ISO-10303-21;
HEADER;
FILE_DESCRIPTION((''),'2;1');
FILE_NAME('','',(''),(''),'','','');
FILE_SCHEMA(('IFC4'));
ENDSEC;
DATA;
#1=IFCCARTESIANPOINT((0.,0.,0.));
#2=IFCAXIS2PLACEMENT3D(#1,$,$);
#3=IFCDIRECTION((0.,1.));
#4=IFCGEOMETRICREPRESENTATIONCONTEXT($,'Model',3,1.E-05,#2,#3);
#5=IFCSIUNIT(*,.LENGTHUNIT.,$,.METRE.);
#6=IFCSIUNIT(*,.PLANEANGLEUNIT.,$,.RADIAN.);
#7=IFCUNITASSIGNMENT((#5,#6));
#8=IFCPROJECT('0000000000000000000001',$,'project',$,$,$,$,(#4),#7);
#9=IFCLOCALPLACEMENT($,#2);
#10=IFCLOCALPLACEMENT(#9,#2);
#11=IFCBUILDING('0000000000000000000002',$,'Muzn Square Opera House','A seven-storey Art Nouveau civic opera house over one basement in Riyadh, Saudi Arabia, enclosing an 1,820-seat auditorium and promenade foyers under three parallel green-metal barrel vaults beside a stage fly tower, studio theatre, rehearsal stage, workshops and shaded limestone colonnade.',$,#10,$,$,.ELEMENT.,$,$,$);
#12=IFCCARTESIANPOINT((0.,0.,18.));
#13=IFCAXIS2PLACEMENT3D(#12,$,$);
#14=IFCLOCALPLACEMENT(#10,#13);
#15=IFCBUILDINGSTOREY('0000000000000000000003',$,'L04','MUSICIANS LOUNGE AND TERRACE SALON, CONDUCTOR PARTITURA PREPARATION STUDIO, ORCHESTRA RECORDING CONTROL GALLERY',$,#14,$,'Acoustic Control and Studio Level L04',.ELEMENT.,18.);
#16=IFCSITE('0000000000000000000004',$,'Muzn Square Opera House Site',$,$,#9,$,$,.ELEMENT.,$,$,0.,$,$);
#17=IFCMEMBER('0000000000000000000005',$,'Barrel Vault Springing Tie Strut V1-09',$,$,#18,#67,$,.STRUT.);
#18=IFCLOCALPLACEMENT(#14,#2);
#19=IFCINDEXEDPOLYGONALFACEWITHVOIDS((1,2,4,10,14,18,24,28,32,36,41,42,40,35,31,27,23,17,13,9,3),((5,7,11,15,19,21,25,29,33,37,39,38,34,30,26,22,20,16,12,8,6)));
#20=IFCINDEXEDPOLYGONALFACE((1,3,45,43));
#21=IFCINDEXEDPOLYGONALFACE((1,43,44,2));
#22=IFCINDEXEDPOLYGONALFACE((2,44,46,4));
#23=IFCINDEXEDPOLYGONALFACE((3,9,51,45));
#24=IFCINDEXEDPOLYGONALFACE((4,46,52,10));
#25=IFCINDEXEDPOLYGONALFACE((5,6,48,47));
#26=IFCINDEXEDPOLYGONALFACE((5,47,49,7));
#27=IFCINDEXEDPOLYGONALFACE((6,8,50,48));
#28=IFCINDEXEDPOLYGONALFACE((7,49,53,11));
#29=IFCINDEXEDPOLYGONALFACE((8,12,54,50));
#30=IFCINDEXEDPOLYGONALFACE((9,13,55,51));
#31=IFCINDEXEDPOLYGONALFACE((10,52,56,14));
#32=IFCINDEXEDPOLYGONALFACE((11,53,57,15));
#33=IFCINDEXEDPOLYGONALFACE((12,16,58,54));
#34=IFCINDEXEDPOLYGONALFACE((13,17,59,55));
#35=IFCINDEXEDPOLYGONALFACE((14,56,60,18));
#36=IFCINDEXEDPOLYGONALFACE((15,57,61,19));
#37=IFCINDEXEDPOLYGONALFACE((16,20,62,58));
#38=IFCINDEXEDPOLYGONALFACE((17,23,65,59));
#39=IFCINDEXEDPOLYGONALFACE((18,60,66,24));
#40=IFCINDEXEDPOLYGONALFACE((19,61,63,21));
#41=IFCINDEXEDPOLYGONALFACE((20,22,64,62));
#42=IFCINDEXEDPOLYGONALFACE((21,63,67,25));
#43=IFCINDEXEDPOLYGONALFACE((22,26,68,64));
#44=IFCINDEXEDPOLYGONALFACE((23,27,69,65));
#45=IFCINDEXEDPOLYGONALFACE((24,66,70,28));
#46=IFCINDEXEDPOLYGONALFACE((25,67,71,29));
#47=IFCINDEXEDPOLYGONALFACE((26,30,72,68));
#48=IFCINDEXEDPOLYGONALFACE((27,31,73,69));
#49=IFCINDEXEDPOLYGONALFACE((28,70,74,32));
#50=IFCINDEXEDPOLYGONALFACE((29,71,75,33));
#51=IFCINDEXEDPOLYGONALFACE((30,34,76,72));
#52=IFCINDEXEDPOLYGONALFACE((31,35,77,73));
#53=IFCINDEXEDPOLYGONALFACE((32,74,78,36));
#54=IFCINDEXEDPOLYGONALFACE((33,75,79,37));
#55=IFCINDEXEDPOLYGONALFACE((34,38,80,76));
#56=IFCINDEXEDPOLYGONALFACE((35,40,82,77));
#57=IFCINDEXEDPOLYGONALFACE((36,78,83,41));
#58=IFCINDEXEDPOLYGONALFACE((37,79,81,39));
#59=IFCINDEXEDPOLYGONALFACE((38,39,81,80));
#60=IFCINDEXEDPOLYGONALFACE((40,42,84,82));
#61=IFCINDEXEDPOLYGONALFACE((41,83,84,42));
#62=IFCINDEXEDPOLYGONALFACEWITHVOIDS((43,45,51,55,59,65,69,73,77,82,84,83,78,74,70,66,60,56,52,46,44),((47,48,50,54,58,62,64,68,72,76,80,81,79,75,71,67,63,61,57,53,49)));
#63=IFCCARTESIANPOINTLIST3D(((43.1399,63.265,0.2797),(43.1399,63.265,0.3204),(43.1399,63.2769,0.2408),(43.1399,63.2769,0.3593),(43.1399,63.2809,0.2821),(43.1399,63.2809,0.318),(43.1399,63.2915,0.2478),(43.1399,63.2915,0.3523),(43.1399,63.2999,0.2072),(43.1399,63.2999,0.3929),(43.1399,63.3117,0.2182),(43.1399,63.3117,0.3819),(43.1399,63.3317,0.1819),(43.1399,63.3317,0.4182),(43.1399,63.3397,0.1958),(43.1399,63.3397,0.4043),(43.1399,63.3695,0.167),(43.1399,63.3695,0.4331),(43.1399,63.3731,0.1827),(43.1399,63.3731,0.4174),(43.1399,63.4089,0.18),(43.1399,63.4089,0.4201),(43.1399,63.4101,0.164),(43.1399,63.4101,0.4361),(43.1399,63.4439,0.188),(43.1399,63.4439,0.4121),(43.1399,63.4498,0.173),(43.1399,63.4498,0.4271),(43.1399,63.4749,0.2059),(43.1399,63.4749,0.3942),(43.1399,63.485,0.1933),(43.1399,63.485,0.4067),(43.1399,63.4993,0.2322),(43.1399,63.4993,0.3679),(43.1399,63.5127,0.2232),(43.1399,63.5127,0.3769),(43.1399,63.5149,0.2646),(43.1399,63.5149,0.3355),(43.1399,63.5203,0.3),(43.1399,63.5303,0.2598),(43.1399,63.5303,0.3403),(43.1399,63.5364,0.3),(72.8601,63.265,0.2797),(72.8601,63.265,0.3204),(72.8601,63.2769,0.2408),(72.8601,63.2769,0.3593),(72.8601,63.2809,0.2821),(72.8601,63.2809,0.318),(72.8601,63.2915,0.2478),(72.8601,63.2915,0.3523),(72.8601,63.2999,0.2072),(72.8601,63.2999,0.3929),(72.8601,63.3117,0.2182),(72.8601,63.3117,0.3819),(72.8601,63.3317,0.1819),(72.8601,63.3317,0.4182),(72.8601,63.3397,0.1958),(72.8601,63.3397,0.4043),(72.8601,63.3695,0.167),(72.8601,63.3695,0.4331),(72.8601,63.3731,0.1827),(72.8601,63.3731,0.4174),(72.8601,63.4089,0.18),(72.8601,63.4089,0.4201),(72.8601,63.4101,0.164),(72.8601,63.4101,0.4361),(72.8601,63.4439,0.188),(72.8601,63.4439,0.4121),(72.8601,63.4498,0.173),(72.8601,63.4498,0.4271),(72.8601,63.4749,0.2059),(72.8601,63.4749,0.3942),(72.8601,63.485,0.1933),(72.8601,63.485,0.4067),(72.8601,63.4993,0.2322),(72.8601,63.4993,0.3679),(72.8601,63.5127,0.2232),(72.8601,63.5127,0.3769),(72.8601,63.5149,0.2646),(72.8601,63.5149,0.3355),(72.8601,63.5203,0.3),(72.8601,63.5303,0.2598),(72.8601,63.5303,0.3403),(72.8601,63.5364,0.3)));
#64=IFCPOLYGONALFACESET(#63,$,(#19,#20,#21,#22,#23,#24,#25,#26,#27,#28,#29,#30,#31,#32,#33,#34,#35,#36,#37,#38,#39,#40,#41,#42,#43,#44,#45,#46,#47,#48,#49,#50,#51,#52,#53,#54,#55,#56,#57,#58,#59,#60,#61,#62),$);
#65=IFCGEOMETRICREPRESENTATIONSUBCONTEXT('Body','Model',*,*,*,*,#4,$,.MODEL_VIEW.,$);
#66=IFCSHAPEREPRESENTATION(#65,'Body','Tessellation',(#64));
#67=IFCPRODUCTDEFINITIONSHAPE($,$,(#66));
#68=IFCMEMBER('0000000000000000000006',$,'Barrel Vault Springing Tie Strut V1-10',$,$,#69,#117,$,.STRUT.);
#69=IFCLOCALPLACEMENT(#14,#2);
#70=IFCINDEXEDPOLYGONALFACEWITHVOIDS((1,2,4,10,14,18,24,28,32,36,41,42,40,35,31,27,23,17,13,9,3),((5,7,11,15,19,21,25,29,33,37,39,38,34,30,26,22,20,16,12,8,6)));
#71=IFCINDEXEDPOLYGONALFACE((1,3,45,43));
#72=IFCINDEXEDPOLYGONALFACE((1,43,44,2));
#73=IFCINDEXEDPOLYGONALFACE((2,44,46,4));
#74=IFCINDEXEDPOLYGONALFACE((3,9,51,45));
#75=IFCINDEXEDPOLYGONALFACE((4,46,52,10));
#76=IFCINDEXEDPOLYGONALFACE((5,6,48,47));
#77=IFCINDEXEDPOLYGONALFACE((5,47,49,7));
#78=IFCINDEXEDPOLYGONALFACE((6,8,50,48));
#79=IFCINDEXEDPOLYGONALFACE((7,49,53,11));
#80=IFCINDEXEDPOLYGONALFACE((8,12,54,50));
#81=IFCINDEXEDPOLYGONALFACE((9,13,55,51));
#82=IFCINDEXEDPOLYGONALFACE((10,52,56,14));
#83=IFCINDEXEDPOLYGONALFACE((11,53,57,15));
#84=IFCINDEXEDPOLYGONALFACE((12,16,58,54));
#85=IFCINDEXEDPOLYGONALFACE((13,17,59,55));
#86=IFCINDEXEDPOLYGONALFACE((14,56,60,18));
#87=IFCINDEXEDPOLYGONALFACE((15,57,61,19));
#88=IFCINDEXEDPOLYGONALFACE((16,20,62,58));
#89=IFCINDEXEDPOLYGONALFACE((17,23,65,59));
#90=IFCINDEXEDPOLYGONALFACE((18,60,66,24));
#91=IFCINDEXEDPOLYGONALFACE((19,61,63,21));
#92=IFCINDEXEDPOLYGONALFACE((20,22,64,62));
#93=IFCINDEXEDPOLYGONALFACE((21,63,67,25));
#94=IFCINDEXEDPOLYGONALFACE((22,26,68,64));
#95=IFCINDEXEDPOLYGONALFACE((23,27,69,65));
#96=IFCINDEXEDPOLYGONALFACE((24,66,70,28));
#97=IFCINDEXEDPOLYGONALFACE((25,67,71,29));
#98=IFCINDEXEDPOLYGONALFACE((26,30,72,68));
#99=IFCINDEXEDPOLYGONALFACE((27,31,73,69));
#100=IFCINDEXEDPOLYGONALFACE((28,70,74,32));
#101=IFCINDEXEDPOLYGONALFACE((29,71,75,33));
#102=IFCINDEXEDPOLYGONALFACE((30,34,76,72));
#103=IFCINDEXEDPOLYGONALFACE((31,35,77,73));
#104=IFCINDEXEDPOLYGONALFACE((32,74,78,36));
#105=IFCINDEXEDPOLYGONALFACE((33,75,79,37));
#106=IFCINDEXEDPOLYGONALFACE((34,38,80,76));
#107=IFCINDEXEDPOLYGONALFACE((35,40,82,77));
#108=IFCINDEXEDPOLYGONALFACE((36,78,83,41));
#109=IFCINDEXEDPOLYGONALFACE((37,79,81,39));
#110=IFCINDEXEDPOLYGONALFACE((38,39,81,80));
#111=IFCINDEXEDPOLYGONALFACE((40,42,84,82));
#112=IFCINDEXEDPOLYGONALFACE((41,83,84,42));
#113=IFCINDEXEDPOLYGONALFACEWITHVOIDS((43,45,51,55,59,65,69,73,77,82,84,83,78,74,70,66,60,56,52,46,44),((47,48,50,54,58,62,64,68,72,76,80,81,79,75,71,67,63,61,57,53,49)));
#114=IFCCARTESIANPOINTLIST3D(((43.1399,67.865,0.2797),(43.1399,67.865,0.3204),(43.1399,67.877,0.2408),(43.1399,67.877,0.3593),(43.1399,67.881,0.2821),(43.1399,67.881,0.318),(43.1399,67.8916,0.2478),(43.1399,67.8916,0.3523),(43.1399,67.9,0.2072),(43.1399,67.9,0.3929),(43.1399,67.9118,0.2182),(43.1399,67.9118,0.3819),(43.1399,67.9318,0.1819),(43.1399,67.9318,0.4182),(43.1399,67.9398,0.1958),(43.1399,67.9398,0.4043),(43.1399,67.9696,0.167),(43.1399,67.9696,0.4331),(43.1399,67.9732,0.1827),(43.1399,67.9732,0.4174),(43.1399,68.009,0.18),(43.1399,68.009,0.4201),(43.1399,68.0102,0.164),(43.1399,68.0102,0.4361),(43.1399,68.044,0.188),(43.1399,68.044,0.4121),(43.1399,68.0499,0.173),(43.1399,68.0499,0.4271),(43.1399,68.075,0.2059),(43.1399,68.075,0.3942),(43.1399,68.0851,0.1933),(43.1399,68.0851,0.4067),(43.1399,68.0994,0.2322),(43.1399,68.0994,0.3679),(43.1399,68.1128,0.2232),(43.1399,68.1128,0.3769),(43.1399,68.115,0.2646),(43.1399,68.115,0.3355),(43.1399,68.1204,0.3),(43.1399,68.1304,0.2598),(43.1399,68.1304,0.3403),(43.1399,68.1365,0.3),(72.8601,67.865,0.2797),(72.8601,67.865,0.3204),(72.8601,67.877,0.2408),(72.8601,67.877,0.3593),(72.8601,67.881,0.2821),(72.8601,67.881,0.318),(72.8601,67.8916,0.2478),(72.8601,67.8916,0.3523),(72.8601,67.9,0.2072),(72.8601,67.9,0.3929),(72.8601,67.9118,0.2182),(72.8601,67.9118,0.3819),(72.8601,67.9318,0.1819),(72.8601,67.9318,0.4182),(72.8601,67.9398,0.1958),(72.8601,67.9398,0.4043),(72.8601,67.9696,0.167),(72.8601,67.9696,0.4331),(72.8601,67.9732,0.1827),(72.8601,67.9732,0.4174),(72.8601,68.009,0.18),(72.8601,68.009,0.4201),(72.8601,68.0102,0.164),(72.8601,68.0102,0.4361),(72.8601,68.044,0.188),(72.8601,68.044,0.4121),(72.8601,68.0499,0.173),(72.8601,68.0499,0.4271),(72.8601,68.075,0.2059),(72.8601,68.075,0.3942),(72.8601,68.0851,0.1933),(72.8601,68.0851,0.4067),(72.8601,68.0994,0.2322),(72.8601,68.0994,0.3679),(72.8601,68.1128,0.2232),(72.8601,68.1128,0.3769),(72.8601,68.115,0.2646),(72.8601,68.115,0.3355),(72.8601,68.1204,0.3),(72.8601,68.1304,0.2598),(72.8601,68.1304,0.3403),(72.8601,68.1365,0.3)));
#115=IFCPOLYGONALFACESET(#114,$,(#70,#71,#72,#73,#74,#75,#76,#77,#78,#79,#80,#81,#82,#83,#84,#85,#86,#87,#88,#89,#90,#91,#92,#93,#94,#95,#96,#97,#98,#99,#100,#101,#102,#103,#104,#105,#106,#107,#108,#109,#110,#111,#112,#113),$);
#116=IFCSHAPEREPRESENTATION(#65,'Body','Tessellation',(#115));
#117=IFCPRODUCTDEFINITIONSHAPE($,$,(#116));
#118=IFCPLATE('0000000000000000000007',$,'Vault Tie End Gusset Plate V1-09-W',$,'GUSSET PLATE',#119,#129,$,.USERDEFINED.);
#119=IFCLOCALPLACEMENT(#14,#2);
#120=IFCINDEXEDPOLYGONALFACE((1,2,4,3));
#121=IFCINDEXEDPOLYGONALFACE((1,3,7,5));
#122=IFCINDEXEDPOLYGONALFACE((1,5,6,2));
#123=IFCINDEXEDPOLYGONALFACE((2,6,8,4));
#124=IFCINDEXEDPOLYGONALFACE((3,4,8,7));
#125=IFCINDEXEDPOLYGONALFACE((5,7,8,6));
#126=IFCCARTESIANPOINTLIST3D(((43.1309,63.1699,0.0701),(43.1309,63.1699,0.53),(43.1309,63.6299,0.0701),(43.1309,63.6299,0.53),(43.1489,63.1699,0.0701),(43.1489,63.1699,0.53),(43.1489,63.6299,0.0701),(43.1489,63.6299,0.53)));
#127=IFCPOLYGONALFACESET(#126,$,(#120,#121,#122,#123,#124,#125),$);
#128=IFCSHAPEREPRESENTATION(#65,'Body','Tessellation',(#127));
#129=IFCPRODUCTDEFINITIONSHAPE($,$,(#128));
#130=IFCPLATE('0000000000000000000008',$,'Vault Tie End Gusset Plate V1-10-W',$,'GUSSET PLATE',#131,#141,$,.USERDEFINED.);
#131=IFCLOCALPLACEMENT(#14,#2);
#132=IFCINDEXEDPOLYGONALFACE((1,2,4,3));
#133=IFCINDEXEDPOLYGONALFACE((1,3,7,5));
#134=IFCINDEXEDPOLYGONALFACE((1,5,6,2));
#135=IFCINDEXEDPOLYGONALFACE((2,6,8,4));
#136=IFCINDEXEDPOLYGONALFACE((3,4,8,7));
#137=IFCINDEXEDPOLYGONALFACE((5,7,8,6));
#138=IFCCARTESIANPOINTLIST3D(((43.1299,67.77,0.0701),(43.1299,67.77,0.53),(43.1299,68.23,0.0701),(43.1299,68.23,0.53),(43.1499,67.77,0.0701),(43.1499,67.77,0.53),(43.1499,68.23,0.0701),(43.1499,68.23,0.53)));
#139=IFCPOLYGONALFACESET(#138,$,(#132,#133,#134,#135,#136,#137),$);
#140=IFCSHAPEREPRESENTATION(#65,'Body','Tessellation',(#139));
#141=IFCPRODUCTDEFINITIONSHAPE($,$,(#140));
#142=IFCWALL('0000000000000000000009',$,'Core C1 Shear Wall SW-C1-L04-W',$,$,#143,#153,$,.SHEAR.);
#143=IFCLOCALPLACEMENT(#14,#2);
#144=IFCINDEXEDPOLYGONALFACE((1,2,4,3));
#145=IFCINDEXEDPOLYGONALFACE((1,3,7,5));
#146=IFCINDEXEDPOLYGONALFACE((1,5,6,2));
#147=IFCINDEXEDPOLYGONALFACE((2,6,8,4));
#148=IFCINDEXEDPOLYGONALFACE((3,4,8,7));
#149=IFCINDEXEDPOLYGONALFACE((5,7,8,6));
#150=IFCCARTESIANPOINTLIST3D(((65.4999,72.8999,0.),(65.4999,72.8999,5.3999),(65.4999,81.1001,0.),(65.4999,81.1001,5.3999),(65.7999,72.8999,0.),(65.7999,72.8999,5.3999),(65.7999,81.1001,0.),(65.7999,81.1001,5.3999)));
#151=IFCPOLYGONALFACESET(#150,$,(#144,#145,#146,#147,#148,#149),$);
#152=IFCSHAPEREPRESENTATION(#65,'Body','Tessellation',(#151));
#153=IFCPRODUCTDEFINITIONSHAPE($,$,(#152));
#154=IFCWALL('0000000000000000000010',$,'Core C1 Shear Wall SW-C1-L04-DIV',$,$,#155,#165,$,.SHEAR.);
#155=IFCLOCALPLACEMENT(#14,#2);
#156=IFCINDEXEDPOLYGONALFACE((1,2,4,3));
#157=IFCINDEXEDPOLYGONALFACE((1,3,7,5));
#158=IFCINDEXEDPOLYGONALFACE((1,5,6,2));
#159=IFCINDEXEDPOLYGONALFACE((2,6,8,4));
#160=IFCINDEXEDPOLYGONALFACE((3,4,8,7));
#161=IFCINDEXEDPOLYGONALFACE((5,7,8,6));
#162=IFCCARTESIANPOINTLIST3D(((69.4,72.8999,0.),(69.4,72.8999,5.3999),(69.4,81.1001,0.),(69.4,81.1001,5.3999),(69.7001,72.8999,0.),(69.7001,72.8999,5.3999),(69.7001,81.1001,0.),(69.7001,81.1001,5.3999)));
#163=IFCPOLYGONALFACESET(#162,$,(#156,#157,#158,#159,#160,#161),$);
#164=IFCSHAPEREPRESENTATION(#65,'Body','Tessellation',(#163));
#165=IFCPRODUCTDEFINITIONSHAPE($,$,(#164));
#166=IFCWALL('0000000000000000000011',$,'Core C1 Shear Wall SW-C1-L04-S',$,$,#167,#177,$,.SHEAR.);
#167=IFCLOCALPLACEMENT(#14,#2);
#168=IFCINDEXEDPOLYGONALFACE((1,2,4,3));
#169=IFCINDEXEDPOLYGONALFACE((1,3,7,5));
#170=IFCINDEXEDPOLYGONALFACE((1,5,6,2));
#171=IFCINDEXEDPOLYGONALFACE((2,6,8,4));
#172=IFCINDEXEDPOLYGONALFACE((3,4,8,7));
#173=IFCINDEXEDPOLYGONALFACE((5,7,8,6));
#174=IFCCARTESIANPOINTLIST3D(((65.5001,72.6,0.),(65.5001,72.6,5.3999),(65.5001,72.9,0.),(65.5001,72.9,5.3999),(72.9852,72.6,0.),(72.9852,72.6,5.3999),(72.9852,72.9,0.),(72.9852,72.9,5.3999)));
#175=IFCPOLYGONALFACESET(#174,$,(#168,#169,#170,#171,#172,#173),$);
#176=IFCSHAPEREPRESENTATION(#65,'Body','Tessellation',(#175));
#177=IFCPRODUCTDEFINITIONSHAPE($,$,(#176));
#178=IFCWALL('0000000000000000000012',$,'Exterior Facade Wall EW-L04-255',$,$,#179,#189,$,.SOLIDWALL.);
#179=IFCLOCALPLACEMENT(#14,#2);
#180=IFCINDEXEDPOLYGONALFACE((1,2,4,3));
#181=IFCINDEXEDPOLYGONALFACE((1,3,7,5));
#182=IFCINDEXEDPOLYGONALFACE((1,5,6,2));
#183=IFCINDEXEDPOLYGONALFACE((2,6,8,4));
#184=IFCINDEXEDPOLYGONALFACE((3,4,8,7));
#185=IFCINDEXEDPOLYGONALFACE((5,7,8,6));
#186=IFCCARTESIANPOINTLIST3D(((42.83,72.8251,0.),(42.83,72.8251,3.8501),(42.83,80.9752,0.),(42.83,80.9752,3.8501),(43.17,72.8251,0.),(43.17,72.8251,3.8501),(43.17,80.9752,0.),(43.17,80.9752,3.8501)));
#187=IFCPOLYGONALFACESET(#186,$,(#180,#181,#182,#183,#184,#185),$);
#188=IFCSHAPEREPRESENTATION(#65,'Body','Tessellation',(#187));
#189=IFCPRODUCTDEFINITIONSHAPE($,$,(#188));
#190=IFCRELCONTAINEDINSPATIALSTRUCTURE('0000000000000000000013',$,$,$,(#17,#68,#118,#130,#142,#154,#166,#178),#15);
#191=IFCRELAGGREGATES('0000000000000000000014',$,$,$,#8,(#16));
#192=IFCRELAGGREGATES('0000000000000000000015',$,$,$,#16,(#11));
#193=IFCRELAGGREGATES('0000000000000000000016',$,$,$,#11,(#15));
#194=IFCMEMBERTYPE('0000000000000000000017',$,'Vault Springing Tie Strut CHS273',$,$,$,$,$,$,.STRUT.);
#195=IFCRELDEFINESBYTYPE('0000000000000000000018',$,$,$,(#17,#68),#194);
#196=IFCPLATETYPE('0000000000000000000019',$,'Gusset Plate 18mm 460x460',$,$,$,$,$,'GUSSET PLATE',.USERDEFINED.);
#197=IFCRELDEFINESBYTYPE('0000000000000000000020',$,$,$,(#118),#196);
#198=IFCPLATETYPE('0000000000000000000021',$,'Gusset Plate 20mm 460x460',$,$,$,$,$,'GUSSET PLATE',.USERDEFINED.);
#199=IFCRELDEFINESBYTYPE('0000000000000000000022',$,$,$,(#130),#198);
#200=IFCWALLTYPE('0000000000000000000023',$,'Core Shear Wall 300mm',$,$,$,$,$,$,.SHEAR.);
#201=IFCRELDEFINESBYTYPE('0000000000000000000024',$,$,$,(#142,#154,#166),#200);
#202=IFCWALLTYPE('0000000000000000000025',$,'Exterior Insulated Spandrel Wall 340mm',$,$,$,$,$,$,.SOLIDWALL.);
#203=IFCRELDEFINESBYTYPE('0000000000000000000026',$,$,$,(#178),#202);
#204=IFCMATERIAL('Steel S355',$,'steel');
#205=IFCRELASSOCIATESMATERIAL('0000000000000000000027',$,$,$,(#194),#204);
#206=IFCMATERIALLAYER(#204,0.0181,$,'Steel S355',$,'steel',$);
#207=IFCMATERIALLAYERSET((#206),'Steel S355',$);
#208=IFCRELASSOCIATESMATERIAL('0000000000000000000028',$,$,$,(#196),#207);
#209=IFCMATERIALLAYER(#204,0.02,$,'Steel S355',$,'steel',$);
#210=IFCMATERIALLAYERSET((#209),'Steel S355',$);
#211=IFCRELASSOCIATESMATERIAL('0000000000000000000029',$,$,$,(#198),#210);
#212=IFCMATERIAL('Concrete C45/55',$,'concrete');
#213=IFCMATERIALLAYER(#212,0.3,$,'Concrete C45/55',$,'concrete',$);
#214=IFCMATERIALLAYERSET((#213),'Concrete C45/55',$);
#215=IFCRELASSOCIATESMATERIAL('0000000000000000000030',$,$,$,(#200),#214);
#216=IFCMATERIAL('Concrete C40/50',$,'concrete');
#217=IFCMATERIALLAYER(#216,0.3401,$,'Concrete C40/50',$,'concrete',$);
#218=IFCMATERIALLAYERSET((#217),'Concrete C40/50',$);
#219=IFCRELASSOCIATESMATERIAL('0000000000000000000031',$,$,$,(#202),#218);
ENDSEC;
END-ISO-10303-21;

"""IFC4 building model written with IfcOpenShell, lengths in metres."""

from ifc_helpers import new_model, si_unit, direction, frame, frame_2d, origin, origin_2d, place, context, subcontext, project, spatial, rectangle, hollow_circle, extrude, material, layer, layer_set, material_profile, profile_set, type_object, element, save


model = new_model("IFC4")

# Units and contexts
model_context = context("Model", 3, precision=1e-05, world=origin(), true_north=direction((0.0, 1.0)))
body_context = subcontext(model_context, "Body", "Model", "MODEL_VIEW")
ifc_project = project(units=[si_unit("LENGTHUNIT", "METRE"), si_unit("PLANEANGLEUNIT", "RADIAN")], contexts=[model_context])

# Site, building, storey
site_placement = place(None, origin())
site = spatial("IfcSite", under=ifc_project, at=site_placement, Name="Muzn Square Opera House Site", CompositionType="ELEMENT", RefElevation=0.0)
building_placement = place(site_placement, origin())
building = spatial("IfcBuilding", under=site, at=building_placement, Name="Muzn Square Opera House", Description="A seven-storey Art Nouveau civic opera house over one basement in Riyadh, Saudi Arabia, enclosing an 1,820-seat auditorium and promenade foyers under three parallel green-metal barrel vaults beside a stage fly tower, studio theatre, rehearsal stage, workshops and shaded limestone colonnade.", CompositionType="ELEMENT")
storey_placement = place(building_placement, frame((0.0, 0.0, 18.0)))
storey = spatial("IfcBuildingStorey", under=building, at=storey_placement, Name="L04", Description="MUSICIANS LOUNGE AND TERRACE SALON, CONDUCTOR PARTITURA PREPARATION STUDIO, ORCHESTRA RECORDING CONTROL GALLERY", LongName="Acoustic Control and Studio Level L04", CompositionType="ELEMENT", Elevation=18.0)

# Shared definitions
ifc_material_1 = material(Name="Concrete C45/55", Category="concrete")
ifc_material_2 = material(Name="Steel S355", Category="steel")

# Shared definitions
ifc_material_3 = material(Name="Concrete C40/50", Category="concrete")

# Members
ifc_material_profile_1 = material_profile(ifc_material_2, hollow_circle(Radius=0.1365, WallThickness=0.0161, at=origin_2d()), Name="CHS 273x16", Category="steel")
ifc_profile_set_1 = profile_set([ifc_material_profile_1], Name="Steel S355")
member_type = type_object("IfcMemberType", Name="Vault Springing Tie Strut CHS273", PredefinedType="STRUT", material=ifc_profile_set_1)
for number, where, z_axis, x_axis, name in (
    (1, (43.1399, 63.3999, 0.3), (1.0, 0.0, 0.0), (0.0, 1.0, 0.0), "Barrel Vault Springing Tie Strut V1-09"),
    (2, (43.1399, 68.0, 0.3), (1.0, 0.0, 0.0), (0.0, 1.0, 0.0), "Barrel Vault Springing Tie Strut V1-10"),
):
    element("IfcMember", number, at=place(storey_placement, frame(where, z_axis=z_axis, x_axis=x_axis)), inside=storey, type_object=member_type, Name=name, PredefinedType="STRUT", context=body_context, shape_type="SweptSolid", body=[
        extrude(hollow_circle(Radius=0.1365, WallThickness=0.0161, at=origin_2d()), origin(), (0.0, 0.0, 1.0), 29.7202),
    ])

# Plates
ifc_layer_1 = layer(ifc_material_2, 0.0181, Name="Steel S355", Category="steel")
ifc_layer_set_1 = layer_set([ifc_layer_1], Name="Steel S355")
plate_type_1 = type_object("IfcPlateType", Name="Gusset Plate 18mm 460x460", ElementType="GUSSET PLATE", PredefinedType="USERDEFINED", material=ifc_layer_set_1)
plate_1_placement = place(storey_placement, frame((43.1399, 63.3999, 0.0701), z_axis=(0.0, 0.0, 1.0), x_axis=(1.0, 0.0, 0.0)))
element("IfcPlate", 3, at=plate_1_placement, inside=storey, type_object=plate_type_1, Name="Vault Tie End Gusset Plate V1-09-W", ObjectType="GUSSET PLATE", PredefinedType="USERDEFINED", context=body_context, shape_type="SweptSolid", body=[
    extrude(rectangle(XDim=0.0181, YDim=0.46, at=origin_2d()), origin(), (0.0, 0.0, 1.0), 0.46),
])
ifc_layer_2 = layer(ifc_material_2, 0.02, Name="Steel S355", Category="steel")
ifc_layer_set_2 = layer_set([ifc_layer_2], Name="Steel S355")
plate_type_2 = type_object("IfcPlateType", Name="Gusset Plate 20mm 460x460", ElementType="GUSSET PLATE", PredefinedType="USERDEFINED", material=ifc_layer_set_2)
plate_2_placement = place(storey_placement, frame((43.1399, 68.0, 0.0701), z_axis=(0.0, 0.0, 1.0), x_axis=(1.0, 0.0, 0.0)))
element("IfcPlate", 4, at=plate_2_placement, inside=storey, type_object=plate_type_2, Name="Vault Tie End Gusset Plate V1-10-W", ObjectType="GUSSET PLATE", PredefinedType="USERDEFINED", context=body_context, shape_type="SweptSolid", body=[
    extrude(rectangle(XDim=0.02, YDim=0.46, at=origin_2d()), origin(), (0.0, 0.0, 1.0), 0.46),
])

# Walls
ifc_layer_3 = layer(ifc_material_1, 0.3, Name="Concrete C45/55", Category="concrete")
ifc_layer_set_3 = layer_set([ifc_layer_3], Name="Concrete C45/55")
wall_type_1 = type_object("IfcWallType", Name="Core Shear Wall 300mm", PredefinedType="SHEAR", material=ifc_layer_set_3)
for number, where, z_axis, x_axis, name in (
    (5, (65.6499, 72.8999, 0.0), (0.0, 0.0, 1.0), (0.0, 1.0, 0.0), "Core C1 Shear Wall SW-C1-L04-W"),
    (6, (69.55, 72.8999, 0.0), (0.0, 0.0, 1.0), (0.0, 1.0, 0.0), "Core C1 Shear Wall SW-C1-L04-DIV"),
):
    element("IfcWall", number, at=place(storey_placement, frame(where, z_axis=z_axis, x_axis=x_axis)), inside=storey, type_object=wall_type_1, Name=name, PredefinedType="SHEAR", context=body_context, shape_type="SweptSolid", body=[
        extrude(rectangle(XDim=8.2002, YDim=0.3, at=frame_2d((4.1001, 0.0))), origin(), (0.0, 0.0, 1.0), 5.3999),
    ])
wall_1_placement = place(storey_placement, frame((65.5, 72.75, 0.0), z_axis=(0.0, 0.0, 1.0), x_axis=(1.0, 0.0, 0.0)))
element("IfcWall", 7, at=wall_1_placement, inside=storey, type_object=wall_type_1, Name="Core C1 Shear Wall SW-C1-L04-S", PredefinedType="SHEAR", context=body_context, shape_type="SweptSolid", body=[
    extrude(rectangle(XDim=7.4851, YDim=0.3, at=frame_2d((3.7427, 0.0))), origin(), (0.0, 0.0, 1.0), 5.3999),
])
ifc_layer_4 = layer(ifc_material_3, 0.3401, Name="Concrete C40/50", Category="concrete")
ifc_layer_set_4 = layer_set([ifc_layer_4], Name="Concrete C40/50")
wall_type_2 = type_object("IfcWallType", Name="Exterior Insulated Spandrel Wall 340mm", PredefinedType="SOLIDWALL", material=ifc_layer_set_4)
wall_2_placement = place(storey_placement, frame((43.0, 72.825, 0.0), z_axis=(0.0, 0.0, 1.0), x_axis=(0.0, 1.0, 0.0)))
element("IfcWall", 8, at=wall_2_placement, inside=storey, type_object=wall_type_2, Name="Exterior Facade Wall EW-L04-255", PredefinedType="SOLIDWALL", context=body_context, shape_type="SweptSolid", body=[
    extrude(rectangle(XDim=8.1501, YDim=0.3401, at=frame_2d((4.0752, 0.0))), origin(), (0.0, 0.0, 1.0), 3.8501),
])

save(model, "model.ifc")
